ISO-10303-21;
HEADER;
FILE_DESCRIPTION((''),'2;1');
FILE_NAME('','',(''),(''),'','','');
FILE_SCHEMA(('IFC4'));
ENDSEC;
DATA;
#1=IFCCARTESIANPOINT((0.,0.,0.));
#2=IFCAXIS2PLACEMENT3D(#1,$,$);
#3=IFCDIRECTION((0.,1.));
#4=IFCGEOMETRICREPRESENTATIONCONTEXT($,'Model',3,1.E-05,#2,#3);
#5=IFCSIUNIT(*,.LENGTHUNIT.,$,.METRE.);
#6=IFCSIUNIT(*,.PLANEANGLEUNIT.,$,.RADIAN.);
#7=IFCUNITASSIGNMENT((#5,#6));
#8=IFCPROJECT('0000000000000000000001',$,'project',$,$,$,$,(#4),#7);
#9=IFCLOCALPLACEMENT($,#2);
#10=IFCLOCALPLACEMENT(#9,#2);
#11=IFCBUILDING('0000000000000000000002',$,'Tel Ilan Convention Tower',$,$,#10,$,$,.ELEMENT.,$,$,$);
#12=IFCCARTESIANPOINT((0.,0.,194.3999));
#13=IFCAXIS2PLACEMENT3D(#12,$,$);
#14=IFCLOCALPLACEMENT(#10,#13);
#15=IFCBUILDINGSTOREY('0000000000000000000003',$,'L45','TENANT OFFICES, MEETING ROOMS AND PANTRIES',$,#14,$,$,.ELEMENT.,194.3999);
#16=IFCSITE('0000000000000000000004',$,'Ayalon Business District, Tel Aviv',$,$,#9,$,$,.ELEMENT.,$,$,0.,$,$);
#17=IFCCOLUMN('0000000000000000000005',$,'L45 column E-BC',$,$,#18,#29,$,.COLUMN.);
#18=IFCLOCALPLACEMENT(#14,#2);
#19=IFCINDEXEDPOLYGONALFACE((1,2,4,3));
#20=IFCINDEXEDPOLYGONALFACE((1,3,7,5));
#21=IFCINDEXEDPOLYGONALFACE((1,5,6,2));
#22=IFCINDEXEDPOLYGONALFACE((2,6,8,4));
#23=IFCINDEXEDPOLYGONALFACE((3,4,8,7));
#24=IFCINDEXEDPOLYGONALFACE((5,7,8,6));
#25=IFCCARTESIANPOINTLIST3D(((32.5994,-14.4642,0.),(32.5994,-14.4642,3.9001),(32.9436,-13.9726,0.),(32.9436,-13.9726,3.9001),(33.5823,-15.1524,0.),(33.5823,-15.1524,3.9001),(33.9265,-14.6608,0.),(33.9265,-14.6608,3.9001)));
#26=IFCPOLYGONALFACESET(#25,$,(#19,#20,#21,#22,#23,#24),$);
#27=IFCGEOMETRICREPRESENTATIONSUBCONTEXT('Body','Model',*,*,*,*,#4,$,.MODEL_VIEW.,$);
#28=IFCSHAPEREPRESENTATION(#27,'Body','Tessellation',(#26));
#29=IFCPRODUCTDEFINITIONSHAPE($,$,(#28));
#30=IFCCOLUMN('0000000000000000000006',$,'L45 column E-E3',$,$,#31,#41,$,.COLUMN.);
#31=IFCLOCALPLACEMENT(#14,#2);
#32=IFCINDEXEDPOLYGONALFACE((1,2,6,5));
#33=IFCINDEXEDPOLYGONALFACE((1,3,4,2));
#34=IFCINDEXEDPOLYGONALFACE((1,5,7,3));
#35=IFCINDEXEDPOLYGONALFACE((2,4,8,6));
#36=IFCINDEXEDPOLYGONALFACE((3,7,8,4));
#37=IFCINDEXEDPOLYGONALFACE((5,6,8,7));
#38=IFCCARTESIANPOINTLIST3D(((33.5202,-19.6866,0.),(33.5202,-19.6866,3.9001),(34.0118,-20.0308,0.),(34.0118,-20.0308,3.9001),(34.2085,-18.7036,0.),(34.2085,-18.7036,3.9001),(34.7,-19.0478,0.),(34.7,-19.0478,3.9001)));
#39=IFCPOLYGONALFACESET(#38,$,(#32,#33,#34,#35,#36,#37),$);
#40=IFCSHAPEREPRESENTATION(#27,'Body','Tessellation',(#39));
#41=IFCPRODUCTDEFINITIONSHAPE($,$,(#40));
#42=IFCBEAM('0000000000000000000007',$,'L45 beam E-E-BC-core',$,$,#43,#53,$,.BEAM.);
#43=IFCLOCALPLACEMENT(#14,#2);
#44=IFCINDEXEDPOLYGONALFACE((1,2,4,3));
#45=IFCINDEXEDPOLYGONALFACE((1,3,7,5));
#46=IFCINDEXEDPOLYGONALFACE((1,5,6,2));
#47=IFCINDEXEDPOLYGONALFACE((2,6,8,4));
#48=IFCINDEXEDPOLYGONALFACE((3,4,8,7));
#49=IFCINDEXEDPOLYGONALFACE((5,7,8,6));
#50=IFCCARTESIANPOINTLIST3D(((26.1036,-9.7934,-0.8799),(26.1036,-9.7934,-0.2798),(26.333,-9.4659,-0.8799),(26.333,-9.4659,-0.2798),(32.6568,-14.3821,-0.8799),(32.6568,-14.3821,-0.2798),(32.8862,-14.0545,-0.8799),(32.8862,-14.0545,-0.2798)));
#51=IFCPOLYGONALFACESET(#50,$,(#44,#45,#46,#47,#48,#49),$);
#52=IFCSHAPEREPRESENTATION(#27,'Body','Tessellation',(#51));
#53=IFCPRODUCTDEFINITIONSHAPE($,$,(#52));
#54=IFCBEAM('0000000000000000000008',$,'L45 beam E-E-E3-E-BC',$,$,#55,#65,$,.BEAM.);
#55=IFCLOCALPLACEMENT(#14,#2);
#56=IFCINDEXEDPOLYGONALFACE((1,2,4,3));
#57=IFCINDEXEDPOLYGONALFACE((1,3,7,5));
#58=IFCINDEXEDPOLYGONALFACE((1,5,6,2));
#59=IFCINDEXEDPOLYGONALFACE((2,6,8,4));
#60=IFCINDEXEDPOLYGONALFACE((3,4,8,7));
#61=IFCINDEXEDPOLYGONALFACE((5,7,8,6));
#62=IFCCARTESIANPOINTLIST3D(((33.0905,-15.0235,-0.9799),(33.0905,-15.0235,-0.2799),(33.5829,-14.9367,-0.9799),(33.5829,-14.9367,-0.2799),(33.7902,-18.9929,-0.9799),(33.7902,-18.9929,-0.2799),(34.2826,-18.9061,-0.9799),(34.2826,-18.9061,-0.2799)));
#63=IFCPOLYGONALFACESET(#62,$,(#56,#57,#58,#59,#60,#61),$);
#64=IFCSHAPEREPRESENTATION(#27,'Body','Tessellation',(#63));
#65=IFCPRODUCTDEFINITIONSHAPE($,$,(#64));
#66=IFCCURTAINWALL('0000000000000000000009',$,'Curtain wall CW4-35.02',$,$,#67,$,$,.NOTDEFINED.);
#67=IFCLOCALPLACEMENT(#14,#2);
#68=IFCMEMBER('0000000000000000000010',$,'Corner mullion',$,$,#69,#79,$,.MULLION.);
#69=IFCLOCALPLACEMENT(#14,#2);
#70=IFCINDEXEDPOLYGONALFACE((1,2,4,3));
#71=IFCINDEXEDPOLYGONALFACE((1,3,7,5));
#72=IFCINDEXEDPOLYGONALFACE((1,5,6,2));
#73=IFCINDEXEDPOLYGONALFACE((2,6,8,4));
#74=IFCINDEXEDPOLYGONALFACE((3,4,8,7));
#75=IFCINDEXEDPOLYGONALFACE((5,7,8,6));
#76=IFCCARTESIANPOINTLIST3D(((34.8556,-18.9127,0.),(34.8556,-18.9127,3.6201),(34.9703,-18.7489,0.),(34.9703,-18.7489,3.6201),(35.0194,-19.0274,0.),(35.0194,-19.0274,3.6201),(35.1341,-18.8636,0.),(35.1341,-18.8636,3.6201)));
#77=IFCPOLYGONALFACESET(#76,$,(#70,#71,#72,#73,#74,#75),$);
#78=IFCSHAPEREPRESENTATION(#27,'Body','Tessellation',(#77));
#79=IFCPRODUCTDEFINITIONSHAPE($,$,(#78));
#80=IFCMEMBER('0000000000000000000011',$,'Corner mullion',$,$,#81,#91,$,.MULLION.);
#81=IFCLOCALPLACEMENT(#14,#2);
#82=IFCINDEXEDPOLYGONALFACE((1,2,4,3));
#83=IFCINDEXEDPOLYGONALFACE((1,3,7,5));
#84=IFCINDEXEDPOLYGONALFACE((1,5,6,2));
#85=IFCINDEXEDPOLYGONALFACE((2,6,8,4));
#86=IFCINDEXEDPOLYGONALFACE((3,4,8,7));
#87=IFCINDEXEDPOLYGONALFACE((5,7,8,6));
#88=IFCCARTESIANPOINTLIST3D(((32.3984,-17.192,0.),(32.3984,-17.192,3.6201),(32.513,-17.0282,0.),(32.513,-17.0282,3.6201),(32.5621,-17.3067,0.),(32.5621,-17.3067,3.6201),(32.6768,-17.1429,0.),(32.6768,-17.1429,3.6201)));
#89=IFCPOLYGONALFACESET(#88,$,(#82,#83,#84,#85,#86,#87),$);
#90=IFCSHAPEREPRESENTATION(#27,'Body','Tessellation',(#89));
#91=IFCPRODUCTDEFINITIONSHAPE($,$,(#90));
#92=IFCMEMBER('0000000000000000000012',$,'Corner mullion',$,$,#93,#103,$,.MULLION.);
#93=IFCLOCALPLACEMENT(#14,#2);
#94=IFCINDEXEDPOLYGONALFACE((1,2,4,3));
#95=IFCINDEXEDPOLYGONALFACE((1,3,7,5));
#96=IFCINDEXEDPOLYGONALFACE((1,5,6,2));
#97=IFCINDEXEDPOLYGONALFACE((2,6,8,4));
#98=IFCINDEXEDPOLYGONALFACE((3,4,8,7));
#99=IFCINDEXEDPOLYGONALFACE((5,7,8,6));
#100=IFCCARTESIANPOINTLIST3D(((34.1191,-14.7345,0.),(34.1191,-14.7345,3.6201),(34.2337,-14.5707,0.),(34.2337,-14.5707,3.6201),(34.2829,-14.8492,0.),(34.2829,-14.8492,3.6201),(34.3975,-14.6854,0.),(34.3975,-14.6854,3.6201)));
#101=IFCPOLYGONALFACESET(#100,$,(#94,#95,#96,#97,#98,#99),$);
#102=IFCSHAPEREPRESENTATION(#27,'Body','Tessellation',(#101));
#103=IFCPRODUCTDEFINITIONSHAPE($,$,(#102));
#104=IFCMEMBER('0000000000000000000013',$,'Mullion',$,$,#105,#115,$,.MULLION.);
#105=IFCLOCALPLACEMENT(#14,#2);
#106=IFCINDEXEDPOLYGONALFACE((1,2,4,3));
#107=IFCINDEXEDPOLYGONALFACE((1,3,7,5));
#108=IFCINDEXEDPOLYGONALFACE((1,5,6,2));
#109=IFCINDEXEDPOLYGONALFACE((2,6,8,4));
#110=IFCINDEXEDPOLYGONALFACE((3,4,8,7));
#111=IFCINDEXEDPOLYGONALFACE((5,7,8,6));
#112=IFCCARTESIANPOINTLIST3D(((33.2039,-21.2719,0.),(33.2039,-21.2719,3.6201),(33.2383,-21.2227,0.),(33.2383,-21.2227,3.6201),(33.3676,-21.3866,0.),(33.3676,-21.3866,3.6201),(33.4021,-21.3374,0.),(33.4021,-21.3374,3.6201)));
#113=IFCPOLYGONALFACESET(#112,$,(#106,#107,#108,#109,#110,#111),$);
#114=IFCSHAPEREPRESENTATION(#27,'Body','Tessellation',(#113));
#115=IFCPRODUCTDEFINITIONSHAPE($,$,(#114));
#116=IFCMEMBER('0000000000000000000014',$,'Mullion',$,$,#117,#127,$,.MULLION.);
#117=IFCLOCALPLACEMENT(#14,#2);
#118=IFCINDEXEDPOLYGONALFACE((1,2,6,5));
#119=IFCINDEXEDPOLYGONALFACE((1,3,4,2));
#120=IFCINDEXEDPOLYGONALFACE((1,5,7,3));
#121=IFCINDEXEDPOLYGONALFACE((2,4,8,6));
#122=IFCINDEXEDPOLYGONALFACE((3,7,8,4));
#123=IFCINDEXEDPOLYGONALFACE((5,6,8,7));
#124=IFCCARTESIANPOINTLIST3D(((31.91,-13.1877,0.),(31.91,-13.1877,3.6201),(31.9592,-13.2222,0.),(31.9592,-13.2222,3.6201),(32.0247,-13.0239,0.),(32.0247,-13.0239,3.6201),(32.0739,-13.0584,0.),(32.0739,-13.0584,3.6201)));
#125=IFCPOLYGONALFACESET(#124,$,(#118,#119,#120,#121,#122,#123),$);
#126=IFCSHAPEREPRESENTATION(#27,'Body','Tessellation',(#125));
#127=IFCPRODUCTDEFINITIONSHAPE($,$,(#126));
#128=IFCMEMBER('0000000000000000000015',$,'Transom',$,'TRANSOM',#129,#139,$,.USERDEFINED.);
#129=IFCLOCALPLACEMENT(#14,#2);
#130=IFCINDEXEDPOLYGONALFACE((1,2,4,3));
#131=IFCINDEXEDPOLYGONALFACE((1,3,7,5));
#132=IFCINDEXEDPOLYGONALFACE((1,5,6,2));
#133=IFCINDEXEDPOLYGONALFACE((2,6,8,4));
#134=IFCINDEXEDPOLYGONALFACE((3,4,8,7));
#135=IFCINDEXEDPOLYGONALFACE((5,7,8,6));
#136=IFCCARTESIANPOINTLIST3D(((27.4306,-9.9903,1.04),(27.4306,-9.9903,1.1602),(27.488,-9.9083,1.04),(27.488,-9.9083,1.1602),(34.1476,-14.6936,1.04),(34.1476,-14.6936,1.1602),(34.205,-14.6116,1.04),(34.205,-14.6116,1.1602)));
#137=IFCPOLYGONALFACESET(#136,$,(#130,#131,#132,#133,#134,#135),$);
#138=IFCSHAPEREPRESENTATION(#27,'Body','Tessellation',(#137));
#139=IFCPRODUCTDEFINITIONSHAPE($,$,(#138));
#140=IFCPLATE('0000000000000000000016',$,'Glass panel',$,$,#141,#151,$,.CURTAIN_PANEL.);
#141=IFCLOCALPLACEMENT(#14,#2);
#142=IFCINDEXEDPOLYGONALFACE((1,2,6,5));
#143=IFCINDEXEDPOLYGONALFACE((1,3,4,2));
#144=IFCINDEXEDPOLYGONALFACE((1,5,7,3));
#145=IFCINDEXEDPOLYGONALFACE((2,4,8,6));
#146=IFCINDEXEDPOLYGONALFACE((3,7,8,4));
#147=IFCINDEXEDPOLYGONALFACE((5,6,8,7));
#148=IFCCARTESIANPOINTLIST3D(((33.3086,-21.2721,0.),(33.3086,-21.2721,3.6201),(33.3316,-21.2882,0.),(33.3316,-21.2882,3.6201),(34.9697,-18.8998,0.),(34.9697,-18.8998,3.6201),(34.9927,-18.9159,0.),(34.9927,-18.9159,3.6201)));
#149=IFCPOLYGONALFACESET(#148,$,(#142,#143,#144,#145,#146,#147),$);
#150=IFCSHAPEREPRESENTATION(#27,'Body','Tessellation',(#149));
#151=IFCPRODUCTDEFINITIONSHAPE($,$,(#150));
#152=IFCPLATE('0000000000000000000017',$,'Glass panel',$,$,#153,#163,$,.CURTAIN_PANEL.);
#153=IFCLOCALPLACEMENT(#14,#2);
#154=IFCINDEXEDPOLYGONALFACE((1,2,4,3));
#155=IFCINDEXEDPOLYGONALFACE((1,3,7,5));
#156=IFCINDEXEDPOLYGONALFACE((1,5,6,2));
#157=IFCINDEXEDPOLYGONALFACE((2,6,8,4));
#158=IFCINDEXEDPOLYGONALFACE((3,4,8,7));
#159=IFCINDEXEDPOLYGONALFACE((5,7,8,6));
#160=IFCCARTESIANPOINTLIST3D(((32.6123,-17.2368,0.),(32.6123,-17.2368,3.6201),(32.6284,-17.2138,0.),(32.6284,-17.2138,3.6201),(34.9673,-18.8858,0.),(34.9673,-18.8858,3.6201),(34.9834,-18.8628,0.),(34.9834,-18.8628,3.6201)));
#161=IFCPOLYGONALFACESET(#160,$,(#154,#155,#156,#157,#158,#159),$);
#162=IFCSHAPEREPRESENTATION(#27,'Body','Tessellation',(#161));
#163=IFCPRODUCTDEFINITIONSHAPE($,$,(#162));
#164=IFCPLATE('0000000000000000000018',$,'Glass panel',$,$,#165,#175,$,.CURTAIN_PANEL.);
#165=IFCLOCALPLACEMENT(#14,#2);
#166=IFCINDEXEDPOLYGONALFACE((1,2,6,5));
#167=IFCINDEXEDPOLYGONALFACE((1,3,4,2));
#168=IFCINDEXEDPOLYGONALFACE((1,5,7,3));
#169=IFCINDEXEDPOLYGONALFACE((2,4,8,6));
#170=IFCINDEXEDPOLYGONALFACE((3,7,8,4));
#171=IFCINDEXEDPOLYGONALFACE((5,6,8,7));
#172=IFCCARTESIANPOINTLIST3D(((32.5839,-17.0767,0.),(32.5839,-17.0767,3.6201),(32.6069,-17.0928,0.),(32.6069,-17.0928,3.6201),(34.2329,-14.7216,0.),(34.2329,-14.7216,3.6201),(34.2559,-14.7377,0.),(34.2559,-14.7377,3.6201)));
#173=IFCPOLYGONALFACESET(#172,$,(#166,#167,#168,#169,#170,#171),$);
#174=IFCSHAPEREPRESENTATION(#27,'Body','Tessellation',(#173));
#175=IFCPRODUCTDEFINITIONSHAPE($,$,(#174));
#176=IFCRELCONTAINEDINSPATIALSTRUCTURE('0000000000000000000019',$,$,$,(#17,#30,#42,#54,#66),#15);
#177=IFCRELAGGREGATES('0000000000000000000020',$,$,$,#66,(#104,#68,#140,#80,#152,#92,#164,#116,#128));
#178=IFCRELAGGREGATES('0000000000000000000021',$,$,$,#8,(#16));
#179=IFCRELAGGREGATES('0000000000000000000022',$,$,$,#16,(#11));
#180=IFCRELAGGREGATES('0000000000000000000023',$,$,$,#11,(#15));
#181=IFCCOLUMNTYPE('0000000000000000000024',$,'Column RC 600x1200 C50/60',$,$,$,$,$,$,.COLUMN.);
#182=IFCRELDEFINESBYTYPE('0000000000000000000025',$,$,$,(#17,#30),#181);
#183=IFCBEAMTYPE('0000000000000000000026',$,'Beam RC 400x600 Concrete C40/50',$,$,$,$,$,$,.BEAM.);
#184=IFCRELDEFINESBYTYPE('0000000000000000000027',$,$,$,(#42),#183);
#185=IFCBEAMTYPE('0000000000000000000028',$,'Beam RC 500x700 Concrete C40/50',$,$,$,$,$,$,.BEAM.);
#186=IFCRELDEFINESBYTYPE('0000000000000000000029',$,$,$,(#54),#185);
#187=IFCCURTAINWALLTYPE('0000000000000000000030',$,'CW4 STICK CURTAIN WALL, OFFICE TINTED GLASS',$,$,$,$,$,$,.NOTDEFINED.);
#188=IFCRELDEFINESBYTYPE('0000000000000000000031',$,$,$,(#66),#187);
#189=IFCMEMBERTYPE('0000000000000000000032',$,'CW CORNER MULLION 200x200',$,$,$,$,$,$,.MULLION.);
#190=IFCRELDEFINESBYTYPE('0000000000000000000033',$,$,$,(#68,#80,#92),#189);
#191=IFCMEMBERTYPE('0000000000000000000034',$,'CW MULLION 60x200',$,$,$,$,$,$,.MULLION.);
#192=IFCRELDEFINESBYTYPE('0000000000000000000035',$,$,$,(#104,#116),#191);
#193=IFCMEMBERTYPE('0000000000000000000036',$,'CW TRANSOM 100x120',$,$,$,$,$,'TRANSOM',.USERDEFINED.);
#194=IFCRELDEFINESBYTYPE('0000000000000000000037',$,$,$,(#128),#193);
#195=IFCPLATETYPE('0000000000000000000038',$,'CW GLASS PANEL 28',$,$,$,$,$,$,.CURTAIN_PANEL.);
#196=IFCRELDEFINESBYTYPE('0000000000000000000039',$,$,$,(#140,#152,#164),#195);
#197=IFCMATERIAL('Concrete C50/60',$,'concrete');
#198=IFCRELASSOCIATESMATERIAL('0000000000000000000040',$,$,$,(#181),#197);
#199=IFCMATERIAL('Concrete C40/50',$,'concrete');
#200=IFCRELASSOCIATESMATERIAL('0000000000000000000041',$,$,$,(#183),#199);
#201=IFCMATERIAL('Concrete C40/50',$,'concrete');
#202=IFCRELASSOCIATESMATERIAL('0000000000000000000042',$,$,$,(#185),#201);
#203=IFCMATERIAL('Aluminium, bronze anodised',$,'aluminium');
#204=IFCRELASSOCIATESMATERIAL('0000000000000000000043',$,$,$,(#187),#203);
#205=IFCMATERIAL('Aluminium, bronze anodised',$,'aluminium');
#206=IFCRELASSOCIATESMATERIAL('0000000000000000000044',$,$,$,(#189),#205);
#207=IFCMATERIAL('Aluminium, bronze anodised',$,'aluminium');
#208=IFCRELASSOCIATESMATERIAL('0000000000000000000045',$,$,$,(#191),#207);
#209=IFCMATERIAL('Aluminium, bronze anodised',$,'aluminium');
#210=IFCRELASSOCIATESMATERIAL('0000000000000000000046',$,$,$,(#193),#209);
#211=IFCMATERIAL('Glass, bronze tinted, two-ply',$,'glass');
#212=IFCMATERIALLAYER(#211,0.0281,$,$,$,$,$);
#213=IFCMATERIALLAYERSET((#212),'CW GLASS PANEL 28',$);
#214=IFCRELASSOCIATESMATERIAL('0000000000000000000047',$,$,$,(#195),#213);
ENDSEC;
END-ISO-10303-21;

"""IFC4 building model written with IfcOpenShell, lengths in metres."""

from ifc_helpers import new_model, si_unit, direction, frame, origin, origin_2d, place, context, subcontext, project, spatial, rectangle, extrude, material, layer, layer_set, material_profile, profile_set, type_object, element, aggregate, save


model = new_model("IFC4")

# Units and contexts
model_context = context("Model", 3, precision=1e-05, world=origin(), true_north=direction((0.0, 1.0)))
body_context = subcontext(model_context, "Body", "Model", "MODEL_VIEW")
ifc_project = project(units=[si_unit("LENGTHUNIT", "METRE"), si_unit("PLANEANGLEUNIT", "RADIAN")], contexts=[model_context])

# Site, building, storey
site_placement = place(None, origin())
site = spatial("IfcSite", under=ifc_project, at=site_placement, Name="Ayalon Business District, Tel Aviv", CompositionType="ELEMENT", RefElevation=0.0)
building_placement = place(site_placement, origin())
building = spatial("IfcBuilding", under=site, at=building_placement, Name="Tel Ilan Convention Tower", CompositionType="ELEMENT")
storey_placement = place(building_placement, frame((0.0, 0.0, 194.3999)))
storey = spatial("IfcBuildingStorey", under=building, at=storey_placement, Name="L45", Description="TENANT OFFICES, MEETING ROOMS AND PANTRIES", CompositionType="ELEMENT", Elevation=194.3999)

# Columns
ifc_material_1 = material(Name="Concrete C50/60", Category="concrete")
ifc_material_profile_1 = material_profile(ifc_material_1, rectangle(XDim=1.2, YDim=0.6001, at=origin_2d()), Name="RC 600x1200")
ifc_profile_set_1 = profile_set([ifc_material_profile_1], Name="Concrete C50/60")
column_type = type_object("IfcColumnType", Name="Column RC 600x1200 C50/60", PredefinedType="COLUMN", material=ifc_profile_set_1)
for number, where, z_axis, x_axis, name in (
    (1, (33.2629, -14.5625, 0.0), (0.0, 0.0, 1.0), (0.819152, -0.573576, 0.0), "L45 column E-BC"),
    (2, (34.1101, -19.3672, 0.0), (0.0, 0.0, 1.0), (0.573576, 0.819152, 0.0), "L45 column E-E3"),
):
    element("IfcColumn", number, at=place(storey_placement, frame(where, z_axis=z_axis, x_axis=x_axis)), inside=storey, type_object=column_type, Name=name, PredefinedType="COLUMN", context=body_context, shape_type="SweptSolid", body=[
        extrude(rectangle(XDim=1.2, YDim=0.6001, at=origin_2d()), origin(), (0.0, 0.0, 1.0), 3.9001),
    ])

# Beams
ifc_material_2 = material(Name="Concrete C40/50", Category="concrete")
ifc_material_profile_2 = material_profile(ifc_material_2, rectangle(XDim=0.3999, YDim=0.6001, at=origin_2d()), Name="RC 400x600")
ifc_profile_set_2 = profile_set([ifc_material_profile_2], Name="Concrete C40/50")
beam_type_1 = type_object("IfcBeamType", Name="Beam RC 400x600 Concrete C40/50", PredefinedType="BEAM", material=ifc_profile_set_2)
beam_1_placement = place(storey_placement, frame((32.7715, -14.2183, -0.5798), z_axis=(-0.819152, 0.573577, 0.0), x_axis=(-0.573577, -0.819152, 0.0)))
element("IfcBeam", 3, at=beam_1_placement, inside=storey, type_object=beam_type_1, Name="L45 beam E-E-BC-core", PredefinedType="BEAM", context=body_context, shape_type="SweptSolid", body=[
    extrude(rectangle(XDim=0.3999, YDim=0.6001, at=origin_2d()), origin(), (0.0, 0.0, 1.0), 8.0),
])
ifc_material_3 = material(Name="Concrete C40/50", Category="concrete")
ifc_material_profile_3 = material_profile(ifc_material_3, rectangle(XDim=0.5, YDim=0.7, at=origin_2d()), Name="RC 500x700")
ifc_profile_set_3 = profile_set([ifc_material_profile_3], Name="Concrete C40/50")
beam_type_2 = type_object("IfcBeamType", Name="Beam RC 500x700 Concrete C40/50", PredefinedType="BEAM", material=ifc_profile_set_3)
beam_2_placement = place(storey_placement, frame((34.0364, -18.9495, -0.6299), z_axis=(-0.173606, 0.984815, 0.0), x_axis=(-0.984815, -0.173606, 0.0)))
element("IfcBeam", 4, at=beam_2_placement, inside=storey, type_object=beam_type_2, Name="L45 beam E-E-E3-E-BC", PredefinedType="BEAM", context=body_context, shape_type="SweptSolid", body=[
    extrude(rectangle(XDim=0.5, YDim=0.7, at=origin_2d()), origin(), (0.0, 0.0, 1.0), 4.0305),
])

# Curtain wall, members, plates
ifc_material_4 = material(Name="Aluminium, bronze anodised", Category="aluminium")
curtain_wall_type = type_object("IfcCurtainWallType", Name="CW4 STICK CURTAIN WALL, OFFICE TINTED GLASS", PredefinedType="NOTDEFINED", material=ifc_material_4)
curtain_wall_placement = place(storey_placement, origin())
curtain_wall = element("IfcCurtainWall", 5, at=curtain_wall_placement, inside=storey, type_object=curtain_wall_type, Name="Curtain wall CW4-35.02", PredefinedType="NOTDEFINED")
ifc_material_5 = material(Name="Aluminium, bronze anodised", Category="aluminium")
ifc_material_profile_4 = material_profile(ifc_material_5, rectangle(XDim=0.2, YDim=0.2, at=origin_2d()), Name="CW CORNER MULLION 200x200")
ifc_profile_set_4 = profile_set([ifc_material_profile_4], Name="Aluminium, bronze anodised")
member_type_1 = type_object("IfcMemberType", Name="CW CORNER MULLION 200x200", PredefinedType="MULLION", material=ifc_profile_set_4)
member_1_placement = place(storey_placement, frame((34.9949, -18.8882, 0.0), z_axis=(0.0, 0.0, 1.0), x_axis=(0.573576, 0.819152, 0.0)))
member_1 = element("IfcMember", 6, at=member_1_placement, type_object=member_type_1, Name="Corner mullion", PredefinedType="MULLION", context=body_context, shape_type="SweptSolid", body=[
    extrude(rectangle(XDim=0.2, YDim=0.2, at=origin_2d()), origin(), (0.0, 0.0, 1.0), 3.6201),
])
member_2_placement = place(storey_placement, frame((32.5376, -17.1675, 0.0), z_axis=(0.0, 0.0, 1.0), x_axis=(-0.819152, 0.573576, 0.0)))
member_2 = element("IfcMember", 7, at=member_2_placement, type_object=member_type_1, Name="Corner mullion", PredefinedType="MULLION", context=body_context, shape_type="SweptSolid", body=[
    extrude(rectangle(XDim=0.2, YDim=0.2, at=origin_2d()), origin(), (0.0, 0.0, 1.0), 3.6201),
])
member_3_placement = place(storey_placement, frame((34.2583, -14.71, 0.0), z_axis=(0.0, 0.0, 1.0), x_axis=(0.573576, 0.819152, 0.0)))
member_3 = element("IfcMember", 8, at=member_3_placement, type_object=member_type_1, Name="Corner mullion", PredefinedType="MULLION", context=body_context, shape_type="SweptSolid", body=[
    extrude(rectangle(XDim=0.2, YDim=0.2, at=origin_2d()), origin(), (0.0, 0.0, 1.0), 3.6201),
])
ifc_material_6 = material(Name="Aluminium, bronze anodised", Category="aluminium")
ifc_material_profile_5 = material_profile(ifc_material_6, rectangle(XDim=0.0601, YDim=0.2, at=origin_2d()), Name="CW MULLION 60x200")
ifc_profile_set_5 = profile_set([ifc_material_profile_5], Name="Aluminium, bronze anodised")
member_type_2 = type_object("IfcMemberType", Name="CW MULLION 60x200", PredefinedType="MULLION", material=ifc_profile_set_5)
member_4_placement = place(storey_placement, frame((33.303, -21.3047, 0.0), z_axis=(0.0, 0.0, 1.0), x_axis=(0.573576, 0.819152, 0.0)))
member_4 = element("IfcMember", 9, at=member_4_placement, type_object=member_type_2, Name="Mullion", PredefinedType="MULLION", context=body_context, shape_type="SweptSolid", body=[
    extrude(rectangle(XDim=0.0601, YDim=0.2, at=origin_2d()), origin(), (0.0, 0.0, 1.0), 3.6201),
])
member_5_placement = place(storey_placement, frame((31.9919, -13.123, 0.0), z_axis=(0.0, 0.0, 1.0), x_axis=(-0.819152, 0.573576, 0.0)))
member_5 = element("IfcMember", 10, at=member_5_placement, type_object=member_type_2, Name="Mullion", PredefinedType="MULLION", context=body_context, shape_type="SweptSolid", body=[
    extrude(rectangle(XDim=0.0601, YDim=0.2, at=origin_2d()), origin(), (0.0, 0.0, 1.0), 3.6201),
])
ifc_material_7 = material(Name="Aluminium, bronze anodised", Category="aluminium")
ifc_material_profile_6 = material_profile(ifc_material_7, rectangle(XDim=0.1001, YDim=0.1201, at=origin_2d()), Name="CW TRANSOM 100x120")
ifc_profile_set_6 = profile_set([ifc_material_profile_6], Name="Aluminium, bronze anodised")
member_type_3 = type_object("IfcMemberType", Name="CW TRANSOM 100x120", ElementType="TRANSOM", PredefinedType="USERDEFINED", material=ifc_profile_set_6)
member_6_placement = place(storey_placement, frame((34.1763, -14.6526, 1.1001), z_axis=(-0.819149, 0.57358, 0.0), x_axis=(-0.57358, -0.819149, 0.0)))
member_6 = element("IfcMember", 11, at=member_6_placement, type_object=member_type_3, Name="Transom", ObjectType="TRANSOM", PredefinedType="USERDEFINED", context=body_context, shape_type="SweptSolid", body=[
    extrude(rectangle(XDim=0.1001, YDim=0.1201, at=origin_2d()), origin(), (0.0, 0.0, 1.0), 8.2),
])
ifc_material_8 = material(Name="Glass, bronze tinted, two-ply", Category="glass")
ifc_layer_1 = layer(ifc_material_8, 0.0281)
ifc_layer_set_1 = layer_set([ifc_layer_1], Name="CW GLASS PANEL 28")
plate_type = type_object("IfcPlateType", Name="CW GLASS PANEL 28", PredefinedType="CURTAIN_PANEL", material=ifc_layer_set_1)
plate_1_placement = place(storey_placement, frame((34.1506, -20.094, 0.0), z_axis=(0.0, 0.0, 1.0), x_axis=(0.573576, 0.819152, 0.0)))
plate_1 = element("IfcPlate", 12, at=plate_1_placement, type_object=plate_type, Name="Glass panel", PredefinedType="CURTAIN_PANEL", context=body_context, shape_type="SweptSolid", body=[
    extrude(rectangle(XDim=2.896, YDim=0.0281, at=origin_2d()), origin(), (0.0, 0.0, 1.0), 3.6201),
])
plate_2_placement = place(storey_placement, frame((33.7979, -18.0498, 0.0), z_axis=(0.0, 0.0, 1.0), x_axis=(-0.819152, 0.573576, 0.0)))
plate_2 = element("IfcPlate", 13, at=plate_2_placement, type_object=plate_type, Name="Glass panel", PredefinedType="CURTAIN_PANEL", context=body_context, shape_type="SweptSolid", body=[
    extrude(rectangle(XDim=2.875, YDim=0.0281, at=origin_2d()), origin(), (0.0, 0.0, 1.0), 3.6201),
])
plate_3_placement = place(storey_placement, frame((33.4199, -15.9072, 0.0), z_axis=(0.0, 0.0, 1.0), x_axis=(0.573576, 0.819152, 0.0)))
plate_3 = element("IfcPlate", 14, at=plate_3_placement, type_object=plate_type, Name="Glass panel", PredefinedType="CURTAIN_PANEL", context=body_context, shape_type="SweptSolid", body=[
    extrude(rectangle(XDim=2.875, YDim=0.0281, at=origin_2d()), origin(), (0.0, 0.0, 1.0), 3.6201),
])
aggregate(curtain_wall, [member_4, member_1, plate_1, member_2, plate_2, member_3, plate_3, member_5, member_6])

save(model, "model.ifc")
